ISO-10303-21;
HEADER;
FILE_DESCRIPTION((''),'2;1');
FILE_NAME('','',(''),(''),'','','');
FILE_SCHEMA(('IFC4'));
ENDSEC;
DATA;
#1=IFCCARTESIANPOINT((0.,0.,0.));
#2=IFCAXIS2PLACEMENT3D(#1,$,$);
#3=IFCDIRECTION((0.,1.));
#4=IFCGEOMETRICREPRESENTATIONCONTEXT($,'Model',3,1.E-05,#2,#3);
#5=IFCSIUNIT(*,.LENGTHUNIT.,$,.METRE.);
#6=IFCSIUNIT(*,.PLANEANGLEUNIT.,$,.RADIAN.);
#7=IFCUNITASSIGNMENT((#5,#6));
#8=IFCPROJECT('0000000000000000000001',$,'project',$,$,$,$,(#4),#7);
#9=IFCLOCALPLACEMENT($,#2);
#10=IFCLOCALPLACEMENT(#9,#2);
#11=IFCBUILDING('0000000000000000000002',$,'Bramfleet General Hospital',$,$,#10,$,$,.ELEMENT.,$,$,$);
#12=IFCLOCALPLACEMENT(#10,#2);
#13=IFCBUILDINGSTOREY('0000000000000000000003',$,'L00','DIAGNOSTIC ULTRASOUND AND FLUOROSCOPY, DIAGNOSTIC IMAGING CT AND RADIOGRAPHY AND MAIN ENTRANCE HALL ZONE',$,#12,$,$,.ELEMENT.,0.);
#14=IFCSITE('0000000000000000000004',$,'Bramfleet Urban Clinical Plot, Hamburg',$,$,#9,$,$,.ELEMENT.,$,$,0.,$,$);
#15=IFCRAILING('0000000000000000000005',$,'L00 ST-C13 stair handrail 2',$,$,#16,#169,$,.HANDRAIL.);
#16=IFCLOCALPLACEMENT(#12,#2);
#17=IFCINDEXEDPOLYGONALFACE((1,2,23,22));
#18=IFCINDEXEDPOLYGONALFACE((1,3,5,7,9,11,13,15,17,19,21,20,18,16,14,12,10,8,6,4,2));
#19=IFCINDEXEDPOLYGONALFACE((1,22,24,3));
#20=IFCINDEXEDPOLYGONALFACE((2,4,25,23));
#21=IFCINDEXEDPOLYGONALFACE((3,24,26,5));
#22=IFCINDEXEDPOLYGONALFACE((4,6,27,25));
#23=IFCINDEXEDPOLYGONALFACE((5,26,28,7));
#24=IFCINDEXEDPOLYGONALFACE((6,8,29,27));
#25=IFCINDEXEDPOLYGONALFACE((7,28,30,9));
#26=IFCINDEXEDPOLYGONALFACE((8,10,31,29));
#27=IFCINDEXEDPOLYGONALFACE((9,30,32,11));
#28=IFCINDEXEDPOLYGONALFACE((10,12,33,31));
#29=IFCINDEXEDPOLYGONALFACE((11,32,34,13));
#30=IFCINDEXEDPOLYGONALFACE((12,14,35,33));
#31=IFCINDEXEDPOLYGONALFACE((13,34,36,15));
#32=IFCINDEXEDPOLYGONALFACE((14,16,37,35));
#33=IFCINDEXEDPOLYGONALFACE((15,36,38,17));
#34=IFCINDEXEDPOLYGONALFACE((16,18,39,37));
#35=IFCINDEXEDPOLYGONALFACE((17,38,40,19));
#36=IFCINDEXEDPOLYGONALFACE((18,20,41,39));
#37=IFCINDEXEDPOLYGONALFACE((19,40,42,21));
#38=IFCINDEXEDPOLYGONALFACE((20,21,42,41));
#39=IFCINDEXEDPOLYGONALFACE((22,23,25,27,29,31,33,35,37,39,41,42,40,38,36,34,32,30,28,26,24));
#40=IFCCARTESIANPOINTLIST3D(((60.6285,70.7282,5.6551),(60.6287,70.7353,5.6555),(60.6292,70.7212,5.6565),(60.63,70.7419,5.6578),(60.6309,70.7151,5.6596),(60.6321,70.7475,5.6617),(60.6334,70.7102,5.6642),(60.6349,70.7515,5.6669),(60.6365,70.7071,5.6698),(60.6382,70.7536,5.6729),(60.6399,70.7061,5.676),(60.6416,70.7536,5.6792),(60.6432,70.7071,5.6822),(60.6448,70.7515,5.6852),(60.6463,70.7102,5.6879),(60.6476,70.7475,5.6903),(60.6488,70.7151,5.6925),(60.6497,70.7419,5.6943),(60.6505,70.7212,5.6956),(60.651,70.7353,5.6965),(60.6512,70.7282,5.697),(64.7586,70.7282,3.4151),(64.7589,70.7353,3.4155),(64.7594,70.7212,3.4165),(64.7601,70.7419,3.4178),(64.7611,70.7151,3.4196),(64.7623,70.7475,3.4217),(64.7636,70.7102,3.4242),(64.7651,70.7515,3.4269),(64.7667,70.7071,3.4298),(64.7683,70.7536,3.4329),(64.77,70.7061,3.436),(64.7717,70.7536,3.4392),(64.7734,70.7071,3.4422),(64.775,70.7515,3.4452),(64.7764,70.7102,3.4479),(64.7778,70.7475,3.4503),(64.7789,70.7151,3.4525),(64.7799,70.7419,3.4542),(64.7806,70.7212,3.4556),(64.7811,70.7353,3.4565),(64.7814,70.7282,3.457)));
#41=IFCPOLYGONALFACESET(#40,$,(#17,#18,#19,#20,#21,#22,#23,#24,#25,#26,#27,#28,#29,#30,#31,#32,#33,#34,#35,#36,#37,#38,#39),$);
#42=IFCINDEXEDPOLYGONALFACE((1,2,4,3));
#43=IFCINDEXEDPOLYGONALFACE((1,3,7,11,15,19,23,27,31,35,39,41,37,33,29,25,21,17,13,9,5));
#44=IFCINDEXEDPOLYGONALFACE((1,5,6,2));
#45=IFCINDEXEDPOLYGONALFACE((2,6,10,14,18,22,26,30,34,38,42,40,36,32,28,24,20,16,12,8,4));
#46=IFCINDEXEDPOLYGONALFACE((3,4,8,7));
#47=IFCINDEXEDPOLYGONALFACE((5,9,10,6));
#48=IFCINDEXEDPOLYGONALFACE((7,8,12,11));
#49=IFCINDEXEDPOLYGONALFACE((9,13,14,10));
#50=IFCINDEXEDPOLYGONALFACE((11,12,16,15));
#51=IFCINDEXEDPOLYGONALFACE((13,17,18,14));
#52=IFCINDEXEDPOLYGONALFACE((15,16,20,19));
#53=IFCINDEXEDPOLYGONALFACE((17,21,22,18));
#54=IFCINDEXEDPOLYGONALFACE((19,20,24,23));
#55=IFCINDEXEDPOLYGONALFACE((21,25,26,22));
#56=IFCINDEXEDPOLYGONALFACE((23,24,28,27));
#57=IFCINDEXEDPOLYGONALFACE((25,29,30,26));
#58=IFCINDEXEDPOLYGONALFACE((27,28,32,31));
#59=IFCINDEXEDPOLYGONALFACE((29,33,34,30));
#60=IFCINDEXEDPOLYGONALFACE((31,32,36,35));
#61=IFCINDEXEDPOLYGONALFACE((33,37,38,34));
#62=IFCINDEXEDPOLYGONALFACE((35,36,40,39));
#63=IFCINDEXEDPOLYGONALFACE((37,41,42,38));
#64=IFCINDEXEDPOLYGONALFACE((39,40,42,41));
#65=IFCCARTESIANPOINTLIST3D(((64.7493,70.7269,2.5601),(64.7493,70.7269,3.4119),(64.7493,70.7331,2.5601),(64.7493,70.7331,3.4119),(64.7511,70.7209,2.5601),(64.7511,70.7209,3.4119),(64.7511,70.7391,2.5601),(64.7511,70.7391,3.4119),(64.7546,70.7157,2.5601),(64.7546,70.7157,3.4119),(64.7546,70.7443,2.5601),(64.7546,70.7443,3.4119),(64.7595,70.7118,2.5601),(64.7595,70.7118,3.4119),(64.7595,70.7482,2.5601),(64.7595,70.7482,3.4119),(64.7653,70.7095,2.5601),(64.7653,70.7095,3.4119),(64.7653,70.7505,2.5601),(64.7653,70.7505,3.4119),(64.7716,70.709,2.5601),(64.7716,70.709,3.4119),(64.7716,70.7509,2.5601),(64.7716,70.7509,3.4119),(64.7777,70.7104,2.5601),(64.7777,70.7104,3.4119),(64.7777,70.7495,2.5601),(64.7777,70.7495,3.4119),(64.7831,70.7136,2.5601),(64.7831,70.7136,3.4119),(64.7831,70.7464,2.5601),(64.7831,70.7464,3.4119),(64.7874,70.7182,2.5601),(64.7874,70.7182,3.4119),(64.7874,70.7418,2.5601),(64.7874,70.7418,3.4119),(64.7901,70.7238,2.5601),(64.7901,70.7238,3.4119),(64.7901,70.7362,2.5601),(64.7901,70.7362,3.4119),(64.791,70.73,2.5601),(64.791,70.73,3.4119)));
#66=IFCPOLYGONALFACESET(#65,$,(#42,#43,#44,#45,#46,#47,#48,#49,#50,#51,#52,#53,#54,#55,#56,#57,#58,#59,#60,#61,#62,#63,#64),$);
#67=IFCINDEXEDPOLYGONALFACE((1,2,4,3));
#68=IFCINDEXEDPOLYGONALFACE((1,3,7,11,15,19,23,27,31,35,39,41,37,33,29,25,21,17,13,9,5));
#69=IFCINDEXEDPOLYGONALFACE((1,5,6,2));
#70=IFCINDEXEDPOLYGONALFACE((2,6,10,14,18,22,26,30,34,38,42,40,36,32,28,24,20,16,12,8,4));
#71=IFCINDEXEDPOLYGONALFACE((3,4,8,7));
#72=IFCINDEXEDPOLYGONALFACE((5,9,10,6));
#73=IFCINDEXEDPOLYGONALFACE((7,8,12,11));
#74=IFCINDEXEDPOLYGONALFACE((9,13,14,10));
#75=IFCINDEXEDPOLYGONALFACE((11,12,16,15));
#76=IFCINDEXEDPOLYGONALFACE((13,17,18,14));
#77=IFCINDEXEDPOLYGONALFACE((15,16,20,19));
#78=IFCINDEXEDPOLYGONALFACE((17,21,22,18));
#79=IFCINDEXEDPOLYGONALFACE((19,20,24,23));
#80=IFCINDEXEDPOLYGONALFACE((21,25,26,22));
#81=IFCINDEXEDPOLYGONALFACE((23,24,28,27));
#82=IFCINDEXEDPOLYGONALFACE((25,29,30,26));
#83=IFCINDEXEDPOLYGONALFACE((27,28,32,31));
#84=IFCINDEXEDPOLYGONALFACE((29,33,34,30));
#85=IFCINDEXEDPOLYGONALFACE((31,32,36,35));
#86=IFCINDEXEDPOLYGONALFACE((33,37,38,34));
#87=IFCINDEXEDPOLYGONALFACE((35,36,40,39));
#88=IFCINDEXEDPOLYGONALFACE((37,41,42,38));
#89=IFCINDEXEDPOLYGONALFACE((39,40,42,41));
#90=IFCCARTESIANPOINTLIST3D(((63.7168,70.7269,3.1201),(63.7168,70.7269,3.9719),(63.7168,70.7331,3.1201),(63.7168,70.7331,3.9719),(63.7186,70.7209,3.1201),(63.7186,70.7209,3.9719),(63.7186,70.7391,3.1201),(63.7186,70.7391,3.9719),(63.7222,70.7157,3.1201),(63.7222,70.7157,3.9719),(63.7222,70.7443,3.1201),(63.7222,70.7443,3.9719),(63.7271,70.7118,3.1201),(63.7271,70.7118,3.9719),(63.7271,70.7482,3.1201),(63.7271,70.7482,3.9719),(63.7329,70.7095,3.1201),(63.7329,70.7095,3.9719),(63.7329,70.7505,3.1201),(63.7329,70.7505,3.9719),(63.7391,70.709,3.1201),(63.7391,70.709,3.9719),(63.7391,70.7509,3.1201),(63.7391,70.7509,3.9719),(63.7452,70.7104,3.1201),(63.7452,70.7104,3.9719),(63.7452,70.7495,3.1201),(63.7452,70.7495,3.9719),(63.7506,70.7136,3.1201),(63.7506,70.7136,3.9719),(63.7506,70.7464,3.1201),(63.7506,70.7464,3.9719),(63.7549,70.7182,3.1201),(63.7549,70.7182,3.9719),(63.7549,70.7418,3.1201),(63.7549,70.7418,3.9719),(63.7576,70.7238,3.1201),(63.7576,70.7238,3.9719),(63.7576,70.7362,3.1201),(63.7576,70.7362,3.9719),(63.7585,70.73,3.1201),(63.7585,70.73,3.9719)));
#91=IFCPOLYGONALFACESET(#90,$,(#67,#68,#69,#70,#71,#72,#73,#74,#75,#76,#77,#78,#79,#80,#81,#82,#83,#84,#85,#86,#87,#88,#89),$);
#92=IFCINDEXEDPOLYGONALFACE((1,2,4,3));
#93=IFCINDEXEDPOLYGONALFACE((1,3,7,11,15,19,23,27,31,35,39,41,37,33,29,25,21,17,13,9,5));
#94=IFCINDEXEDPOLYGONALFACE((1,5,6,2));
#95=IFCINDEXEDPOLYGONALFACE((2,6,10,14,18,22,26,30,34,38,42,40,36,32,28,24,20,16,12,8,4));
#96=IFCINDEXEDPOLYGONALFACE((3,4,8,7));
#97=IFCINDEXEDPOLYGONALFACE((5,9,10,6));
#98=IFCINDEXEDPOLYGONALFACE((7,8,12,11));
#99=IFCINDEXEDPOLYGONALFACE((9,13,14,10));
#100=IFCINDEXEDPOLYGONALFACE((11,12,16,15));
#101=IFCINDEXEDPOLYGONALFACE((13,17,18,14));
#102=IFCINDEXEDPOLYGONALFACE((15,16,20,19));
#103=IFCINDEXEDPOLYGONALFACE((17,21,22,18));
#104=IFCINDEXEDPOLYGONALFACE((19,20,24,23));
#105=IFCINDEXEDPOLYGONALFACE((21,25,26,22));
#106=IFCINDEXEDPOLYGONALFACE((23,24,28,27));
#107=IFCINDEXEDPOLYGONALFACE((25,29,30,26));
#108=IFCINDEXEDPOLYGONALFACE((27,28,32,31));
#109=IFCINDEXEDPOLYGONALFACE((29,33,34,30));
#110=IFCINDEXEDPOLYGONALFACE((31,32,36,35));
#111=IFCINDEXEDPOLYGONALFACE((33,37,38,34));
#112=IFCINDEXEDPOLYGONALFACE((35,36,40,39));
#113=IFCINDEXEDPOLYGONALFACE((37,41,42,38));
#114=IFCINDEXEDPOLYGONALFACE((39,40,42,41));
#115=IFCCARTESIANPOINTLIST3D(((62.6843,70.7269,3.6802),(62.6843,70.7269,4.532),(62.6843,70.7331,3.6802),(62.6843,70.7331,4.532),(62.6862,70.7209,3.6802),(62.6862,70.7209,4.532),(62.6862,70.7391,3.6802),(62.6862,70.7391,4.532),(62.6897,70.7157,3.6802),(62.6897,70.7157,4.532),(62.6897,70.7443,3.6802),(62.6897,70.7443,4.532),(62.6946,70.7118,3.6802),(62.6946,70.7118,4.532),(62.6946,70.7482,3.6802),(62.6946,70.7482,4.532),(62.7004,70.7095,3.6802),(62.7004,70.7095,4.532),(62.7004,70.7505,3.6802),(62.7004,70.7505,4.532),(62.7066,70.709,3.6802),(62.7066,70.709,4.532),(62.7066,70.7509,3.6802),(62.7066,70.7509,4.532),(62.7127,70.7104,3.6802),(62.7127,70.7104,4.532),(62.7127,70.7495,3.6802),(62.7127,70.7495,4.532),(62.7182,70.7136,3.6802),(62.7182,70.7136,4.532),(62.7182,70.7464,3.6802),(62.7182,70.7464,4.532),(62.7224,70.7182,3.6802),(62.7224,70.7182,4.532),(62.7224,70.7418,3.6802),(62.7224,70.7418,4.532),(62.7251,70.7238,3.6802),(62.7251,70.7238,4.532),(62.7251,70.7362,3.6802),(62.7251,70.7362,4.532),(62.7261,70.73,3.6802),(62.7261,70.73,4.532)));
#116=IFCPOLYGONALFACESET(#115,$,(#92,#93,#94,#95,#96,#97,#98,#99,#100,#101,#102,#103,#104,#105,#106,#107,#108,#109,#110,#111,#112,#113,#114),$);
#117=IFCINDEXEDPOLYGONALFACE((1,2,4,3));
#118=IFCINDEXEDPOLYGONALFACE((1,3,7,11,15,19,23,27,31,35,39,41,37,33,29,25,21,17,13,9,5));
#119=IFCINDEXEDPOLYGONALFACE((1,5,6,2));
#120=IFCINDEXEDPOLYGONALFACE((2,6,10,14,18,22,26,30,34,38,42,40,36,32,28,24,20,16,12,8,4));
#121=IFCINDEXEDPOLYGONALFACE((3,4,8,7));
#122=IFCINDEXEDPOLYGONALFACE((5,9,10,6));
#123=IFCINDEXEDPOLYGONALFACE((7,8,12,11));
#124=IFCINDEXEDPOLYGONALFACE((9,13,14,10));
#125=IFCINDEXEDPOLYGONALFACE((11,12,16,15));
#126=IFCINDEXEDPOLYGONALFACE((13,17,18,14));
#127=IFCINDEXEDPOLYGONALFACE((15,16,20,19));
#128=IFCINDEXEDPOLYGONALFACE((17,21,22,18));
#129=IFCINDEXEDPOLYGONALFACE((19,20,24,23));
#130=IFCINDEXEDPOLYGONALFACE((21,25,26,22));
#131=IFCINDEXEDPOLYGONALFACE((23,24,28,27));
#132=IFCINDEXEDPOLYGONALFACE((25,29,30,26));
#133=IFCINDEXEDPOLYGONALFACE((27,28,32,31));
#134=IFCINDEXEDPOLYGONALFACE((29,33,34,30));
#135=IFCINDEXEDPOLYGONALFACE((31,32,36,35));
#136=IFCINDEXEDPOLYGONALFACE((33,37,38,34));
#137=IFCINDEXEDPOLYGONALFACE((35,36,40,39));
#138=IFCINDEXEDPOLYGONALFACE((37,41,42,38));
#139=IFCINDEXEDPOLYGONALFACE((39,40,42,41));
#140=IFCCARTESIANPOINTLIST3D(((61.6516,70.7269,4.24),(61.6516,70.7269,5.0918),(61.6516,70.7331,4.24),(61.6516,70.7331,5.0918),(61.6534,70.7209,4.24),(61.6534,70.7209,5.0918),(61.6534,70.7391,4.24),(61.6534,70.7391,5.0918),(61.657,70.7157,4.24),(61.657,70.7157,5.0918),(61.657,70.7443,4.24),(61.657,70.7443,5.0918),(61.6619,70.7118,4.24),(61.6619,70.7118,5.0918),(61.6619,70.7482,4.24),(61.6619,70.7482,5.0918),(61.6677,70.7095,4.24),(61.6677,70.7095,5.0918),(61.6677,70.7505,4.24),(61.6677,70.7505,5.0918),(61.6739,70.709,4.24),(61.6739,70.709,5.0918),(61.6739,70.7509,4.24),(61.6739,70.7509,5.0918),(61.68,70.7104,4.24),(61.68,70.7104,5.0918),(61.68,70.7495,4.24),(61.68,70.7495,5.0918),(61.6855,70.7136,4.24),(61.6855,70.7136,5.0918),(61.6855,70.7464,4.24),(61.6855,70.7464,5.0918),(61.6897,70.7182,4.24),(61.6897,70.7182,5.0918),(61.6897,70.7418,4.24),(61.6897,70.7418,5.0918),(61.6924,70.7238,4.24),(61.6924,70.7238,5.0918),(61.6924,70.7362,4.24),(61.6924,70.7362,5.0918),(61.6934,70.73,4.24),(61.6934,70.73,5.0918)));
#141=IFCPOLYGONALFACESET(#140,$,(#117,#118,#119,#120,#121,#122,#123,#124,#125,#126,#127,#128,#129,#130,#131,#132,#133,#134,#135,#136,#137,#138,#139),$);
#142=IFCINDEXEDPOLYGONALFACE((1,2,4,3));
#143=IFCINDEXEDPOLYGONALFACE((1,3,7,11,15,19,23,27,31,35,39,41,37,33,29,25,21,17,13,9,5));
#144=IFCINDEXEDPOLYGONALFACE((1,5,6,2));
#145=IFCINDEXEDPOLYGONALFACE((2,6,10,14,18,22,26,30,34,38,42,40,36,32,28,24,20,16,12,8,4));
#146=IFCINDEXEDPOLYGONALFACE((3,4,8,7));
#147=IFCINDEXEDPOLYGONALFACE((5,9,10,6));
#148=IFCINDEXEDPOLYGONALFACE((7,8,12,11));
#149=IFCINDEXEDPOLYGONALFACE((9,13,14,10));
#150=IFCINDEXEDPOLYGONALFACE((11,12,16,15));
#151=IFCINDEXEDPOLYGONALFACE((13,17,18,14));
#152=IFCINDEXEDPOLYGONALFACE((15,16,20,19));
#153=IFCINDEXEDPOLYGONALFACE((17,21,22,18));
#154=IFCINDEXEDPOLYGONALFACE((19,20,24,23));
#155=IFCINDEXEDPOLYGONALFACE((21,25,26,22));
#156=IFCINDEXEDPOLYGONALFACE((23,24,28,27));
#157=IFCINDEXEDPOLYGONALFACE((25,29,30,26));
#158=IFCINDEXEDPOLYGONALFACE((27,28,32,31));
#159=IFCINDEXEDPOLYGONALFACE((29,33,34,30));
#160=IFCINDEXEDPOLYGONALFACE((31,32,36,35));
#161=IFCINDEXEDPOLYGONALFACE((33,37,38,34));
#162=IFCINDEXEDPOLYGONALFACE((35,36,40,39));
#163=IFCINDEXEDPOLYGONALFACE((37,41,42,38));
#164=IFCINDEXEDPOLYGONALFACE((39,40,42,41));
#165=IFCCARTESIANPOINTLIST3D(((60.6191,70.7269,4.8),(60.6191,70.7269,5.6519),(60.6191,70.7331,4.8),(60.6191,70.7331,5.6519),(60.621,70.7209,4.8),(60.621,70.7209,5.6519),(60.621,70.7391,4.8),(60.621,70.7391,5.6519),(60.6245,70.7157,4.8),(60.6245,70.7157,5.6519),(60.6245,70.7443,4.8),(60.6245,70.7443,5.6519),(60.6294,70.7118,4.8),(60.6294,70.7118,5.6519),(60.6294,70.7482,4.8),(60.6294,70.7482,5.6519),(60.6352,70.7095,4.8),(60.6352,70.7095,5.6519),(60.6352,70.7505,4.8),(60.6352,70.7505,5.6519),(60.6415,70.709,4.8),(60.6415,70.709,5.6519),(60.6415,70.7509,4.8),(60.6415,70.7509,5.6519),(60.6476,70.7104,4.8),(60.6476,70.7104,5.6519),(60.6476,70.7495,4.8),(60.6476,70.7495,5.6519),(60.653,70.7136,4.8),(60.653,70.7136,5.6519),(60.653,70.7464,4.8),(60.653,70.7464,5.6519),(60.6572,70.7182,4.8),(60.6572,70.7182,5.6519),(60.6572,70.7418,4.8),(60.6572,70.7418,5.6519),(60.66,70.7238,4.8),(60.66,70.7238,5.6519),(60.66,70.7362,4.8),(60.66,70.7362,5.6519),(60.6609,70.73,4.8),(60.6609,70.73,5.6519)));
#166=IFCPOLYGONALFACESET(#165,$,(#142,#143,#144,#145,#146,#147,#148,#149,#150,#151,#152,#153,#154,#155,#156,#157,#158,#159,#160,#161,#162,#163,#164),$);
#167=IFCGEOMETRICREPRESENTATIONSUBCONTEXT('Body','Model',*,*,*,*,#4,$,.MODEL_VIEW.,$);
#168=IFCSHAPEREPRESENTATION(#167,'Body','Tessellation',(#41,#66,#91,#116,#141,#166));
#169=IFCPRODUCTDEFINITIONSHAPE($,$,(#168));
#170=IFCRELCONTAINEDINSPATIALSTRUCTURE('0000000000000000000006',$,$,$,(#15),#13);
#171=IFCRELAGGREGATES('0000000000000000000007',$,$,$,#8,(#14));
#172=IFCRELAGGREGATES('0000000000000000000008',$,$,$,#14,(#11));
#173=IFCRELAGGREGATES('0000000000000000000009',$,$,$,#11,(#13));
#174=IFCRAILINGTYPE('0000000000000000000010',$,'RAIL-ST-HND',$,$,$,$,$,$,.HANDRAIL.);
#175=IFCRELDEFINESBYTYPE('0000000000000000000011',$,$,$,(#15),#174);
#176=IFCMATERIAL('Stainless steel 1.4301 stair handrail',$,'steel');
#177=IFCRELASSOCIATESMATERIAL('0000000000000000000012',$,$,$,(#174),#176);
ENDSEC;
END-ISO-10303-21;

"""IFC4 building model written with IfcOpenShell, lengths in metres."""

from ifc_helpers import new_model, si_unit, direction, frame, origin, origin_2d, place, context, subcontext, project, spatial, circle, extrude, material, type_object, element, save


model = new_model("IFC4")

# Units and contexts
model_context = context("Model", 3, precision=1e-05, world=origin(), true_north=direction((0.0, 1.0)))
body_context = subcontext(model_context, "Body", "Model", "MODEL_VIEW")
ifc_project = project(units=[si_unit("LENGTHUNIT", "METRE"), si_unit("PLANEANGLEUNIT", "RADIAN")], contexts=[model_context])

# Site, building, storey
site_placement = place(None, origin())
site = spatial("IfcSite", under=ifc_project, at=site_placement, Name="Bramfleet Urban Clinical Plot, Hamburg", CompositionType="ELEMENT", RefElevation=0.0)
building_placement = place(site_placement, origin())
building = spatial("IfcBuilding", under=site, at=building_placement, Name="Bramfleet General Hospital", CompositionType="ELEMENT")
storey_placement = place(building_placement, origin())
storey = spatial("IfcBuildingStorey", under=building, at=storey_placement, Name="L00", Description="DIAGNOSTIC ULTRASOUND AND FLUOROSCOPY, DIAGNOSTIC IMAGING CT AND RADIOGRAPHY AND MAIN ENTRANCE HALL ZONE", CompositionType="ELEMENT", Elevation=0.0)

# Railing
ifc_material_1 = material(Name="Stainless steel 1.4301 stair handrail", Category="steel")
railing_type = type_object("IfcRailingType", Name="RAIL-ST-HND", PredefinedType="HANDRAIL", material=ifc_material_1)
railing_placement = place(storey_placement, frame((64.77, 70.73, 2.5601)))
element("IfcRailing", 1, at=railing_placement, inside=storey, type_object=railing_type, Name="L00 ST-C13 stair handrail 2", PredefinedType="HANDRAIL", context=body_context, shape_type="SweptSolid", body=[
    extrude(circle(Radius=0.0239, at=origin_2d()), frame((0.0, 0.0, 0.876), z_axis=(-0.879039, 0.0, 0.47675), x_axis=(0.0, -1.0, 0.0)), (0.0, 0.0, 1.0), 4.6985),
    extrude(circle(Radius=0.021, at=origin_2d()), origin(), (0.0, 0.0, 1.0), 0.8518),
    extrude(circle(Radius=0.021, at=origin_2d()), frame((-1.0325, 0.0, 0.5601)), (0.0, 0.0, 1.0), 0.8518),
    extrude(circle(Radius=0.021, at=origin_2d()), frame((-2.0649, 0.0, 1.1201)), (0.0, 0.0, 1.0), 0.8518),
    extrude(circle(Radius=0.021, at=origin_2d()), frame((-3.0977, 0.0, 1.6799)), (0.0, 0.0, 1.0), 0.8518),
    extrude(circle(Radius=0.021, at=origin_2d()), frame((-4.1301, 0.0, 2.24)), (0.0, 0.0, 1.0), 0.8518),
])

save(model, "model.ifc")
